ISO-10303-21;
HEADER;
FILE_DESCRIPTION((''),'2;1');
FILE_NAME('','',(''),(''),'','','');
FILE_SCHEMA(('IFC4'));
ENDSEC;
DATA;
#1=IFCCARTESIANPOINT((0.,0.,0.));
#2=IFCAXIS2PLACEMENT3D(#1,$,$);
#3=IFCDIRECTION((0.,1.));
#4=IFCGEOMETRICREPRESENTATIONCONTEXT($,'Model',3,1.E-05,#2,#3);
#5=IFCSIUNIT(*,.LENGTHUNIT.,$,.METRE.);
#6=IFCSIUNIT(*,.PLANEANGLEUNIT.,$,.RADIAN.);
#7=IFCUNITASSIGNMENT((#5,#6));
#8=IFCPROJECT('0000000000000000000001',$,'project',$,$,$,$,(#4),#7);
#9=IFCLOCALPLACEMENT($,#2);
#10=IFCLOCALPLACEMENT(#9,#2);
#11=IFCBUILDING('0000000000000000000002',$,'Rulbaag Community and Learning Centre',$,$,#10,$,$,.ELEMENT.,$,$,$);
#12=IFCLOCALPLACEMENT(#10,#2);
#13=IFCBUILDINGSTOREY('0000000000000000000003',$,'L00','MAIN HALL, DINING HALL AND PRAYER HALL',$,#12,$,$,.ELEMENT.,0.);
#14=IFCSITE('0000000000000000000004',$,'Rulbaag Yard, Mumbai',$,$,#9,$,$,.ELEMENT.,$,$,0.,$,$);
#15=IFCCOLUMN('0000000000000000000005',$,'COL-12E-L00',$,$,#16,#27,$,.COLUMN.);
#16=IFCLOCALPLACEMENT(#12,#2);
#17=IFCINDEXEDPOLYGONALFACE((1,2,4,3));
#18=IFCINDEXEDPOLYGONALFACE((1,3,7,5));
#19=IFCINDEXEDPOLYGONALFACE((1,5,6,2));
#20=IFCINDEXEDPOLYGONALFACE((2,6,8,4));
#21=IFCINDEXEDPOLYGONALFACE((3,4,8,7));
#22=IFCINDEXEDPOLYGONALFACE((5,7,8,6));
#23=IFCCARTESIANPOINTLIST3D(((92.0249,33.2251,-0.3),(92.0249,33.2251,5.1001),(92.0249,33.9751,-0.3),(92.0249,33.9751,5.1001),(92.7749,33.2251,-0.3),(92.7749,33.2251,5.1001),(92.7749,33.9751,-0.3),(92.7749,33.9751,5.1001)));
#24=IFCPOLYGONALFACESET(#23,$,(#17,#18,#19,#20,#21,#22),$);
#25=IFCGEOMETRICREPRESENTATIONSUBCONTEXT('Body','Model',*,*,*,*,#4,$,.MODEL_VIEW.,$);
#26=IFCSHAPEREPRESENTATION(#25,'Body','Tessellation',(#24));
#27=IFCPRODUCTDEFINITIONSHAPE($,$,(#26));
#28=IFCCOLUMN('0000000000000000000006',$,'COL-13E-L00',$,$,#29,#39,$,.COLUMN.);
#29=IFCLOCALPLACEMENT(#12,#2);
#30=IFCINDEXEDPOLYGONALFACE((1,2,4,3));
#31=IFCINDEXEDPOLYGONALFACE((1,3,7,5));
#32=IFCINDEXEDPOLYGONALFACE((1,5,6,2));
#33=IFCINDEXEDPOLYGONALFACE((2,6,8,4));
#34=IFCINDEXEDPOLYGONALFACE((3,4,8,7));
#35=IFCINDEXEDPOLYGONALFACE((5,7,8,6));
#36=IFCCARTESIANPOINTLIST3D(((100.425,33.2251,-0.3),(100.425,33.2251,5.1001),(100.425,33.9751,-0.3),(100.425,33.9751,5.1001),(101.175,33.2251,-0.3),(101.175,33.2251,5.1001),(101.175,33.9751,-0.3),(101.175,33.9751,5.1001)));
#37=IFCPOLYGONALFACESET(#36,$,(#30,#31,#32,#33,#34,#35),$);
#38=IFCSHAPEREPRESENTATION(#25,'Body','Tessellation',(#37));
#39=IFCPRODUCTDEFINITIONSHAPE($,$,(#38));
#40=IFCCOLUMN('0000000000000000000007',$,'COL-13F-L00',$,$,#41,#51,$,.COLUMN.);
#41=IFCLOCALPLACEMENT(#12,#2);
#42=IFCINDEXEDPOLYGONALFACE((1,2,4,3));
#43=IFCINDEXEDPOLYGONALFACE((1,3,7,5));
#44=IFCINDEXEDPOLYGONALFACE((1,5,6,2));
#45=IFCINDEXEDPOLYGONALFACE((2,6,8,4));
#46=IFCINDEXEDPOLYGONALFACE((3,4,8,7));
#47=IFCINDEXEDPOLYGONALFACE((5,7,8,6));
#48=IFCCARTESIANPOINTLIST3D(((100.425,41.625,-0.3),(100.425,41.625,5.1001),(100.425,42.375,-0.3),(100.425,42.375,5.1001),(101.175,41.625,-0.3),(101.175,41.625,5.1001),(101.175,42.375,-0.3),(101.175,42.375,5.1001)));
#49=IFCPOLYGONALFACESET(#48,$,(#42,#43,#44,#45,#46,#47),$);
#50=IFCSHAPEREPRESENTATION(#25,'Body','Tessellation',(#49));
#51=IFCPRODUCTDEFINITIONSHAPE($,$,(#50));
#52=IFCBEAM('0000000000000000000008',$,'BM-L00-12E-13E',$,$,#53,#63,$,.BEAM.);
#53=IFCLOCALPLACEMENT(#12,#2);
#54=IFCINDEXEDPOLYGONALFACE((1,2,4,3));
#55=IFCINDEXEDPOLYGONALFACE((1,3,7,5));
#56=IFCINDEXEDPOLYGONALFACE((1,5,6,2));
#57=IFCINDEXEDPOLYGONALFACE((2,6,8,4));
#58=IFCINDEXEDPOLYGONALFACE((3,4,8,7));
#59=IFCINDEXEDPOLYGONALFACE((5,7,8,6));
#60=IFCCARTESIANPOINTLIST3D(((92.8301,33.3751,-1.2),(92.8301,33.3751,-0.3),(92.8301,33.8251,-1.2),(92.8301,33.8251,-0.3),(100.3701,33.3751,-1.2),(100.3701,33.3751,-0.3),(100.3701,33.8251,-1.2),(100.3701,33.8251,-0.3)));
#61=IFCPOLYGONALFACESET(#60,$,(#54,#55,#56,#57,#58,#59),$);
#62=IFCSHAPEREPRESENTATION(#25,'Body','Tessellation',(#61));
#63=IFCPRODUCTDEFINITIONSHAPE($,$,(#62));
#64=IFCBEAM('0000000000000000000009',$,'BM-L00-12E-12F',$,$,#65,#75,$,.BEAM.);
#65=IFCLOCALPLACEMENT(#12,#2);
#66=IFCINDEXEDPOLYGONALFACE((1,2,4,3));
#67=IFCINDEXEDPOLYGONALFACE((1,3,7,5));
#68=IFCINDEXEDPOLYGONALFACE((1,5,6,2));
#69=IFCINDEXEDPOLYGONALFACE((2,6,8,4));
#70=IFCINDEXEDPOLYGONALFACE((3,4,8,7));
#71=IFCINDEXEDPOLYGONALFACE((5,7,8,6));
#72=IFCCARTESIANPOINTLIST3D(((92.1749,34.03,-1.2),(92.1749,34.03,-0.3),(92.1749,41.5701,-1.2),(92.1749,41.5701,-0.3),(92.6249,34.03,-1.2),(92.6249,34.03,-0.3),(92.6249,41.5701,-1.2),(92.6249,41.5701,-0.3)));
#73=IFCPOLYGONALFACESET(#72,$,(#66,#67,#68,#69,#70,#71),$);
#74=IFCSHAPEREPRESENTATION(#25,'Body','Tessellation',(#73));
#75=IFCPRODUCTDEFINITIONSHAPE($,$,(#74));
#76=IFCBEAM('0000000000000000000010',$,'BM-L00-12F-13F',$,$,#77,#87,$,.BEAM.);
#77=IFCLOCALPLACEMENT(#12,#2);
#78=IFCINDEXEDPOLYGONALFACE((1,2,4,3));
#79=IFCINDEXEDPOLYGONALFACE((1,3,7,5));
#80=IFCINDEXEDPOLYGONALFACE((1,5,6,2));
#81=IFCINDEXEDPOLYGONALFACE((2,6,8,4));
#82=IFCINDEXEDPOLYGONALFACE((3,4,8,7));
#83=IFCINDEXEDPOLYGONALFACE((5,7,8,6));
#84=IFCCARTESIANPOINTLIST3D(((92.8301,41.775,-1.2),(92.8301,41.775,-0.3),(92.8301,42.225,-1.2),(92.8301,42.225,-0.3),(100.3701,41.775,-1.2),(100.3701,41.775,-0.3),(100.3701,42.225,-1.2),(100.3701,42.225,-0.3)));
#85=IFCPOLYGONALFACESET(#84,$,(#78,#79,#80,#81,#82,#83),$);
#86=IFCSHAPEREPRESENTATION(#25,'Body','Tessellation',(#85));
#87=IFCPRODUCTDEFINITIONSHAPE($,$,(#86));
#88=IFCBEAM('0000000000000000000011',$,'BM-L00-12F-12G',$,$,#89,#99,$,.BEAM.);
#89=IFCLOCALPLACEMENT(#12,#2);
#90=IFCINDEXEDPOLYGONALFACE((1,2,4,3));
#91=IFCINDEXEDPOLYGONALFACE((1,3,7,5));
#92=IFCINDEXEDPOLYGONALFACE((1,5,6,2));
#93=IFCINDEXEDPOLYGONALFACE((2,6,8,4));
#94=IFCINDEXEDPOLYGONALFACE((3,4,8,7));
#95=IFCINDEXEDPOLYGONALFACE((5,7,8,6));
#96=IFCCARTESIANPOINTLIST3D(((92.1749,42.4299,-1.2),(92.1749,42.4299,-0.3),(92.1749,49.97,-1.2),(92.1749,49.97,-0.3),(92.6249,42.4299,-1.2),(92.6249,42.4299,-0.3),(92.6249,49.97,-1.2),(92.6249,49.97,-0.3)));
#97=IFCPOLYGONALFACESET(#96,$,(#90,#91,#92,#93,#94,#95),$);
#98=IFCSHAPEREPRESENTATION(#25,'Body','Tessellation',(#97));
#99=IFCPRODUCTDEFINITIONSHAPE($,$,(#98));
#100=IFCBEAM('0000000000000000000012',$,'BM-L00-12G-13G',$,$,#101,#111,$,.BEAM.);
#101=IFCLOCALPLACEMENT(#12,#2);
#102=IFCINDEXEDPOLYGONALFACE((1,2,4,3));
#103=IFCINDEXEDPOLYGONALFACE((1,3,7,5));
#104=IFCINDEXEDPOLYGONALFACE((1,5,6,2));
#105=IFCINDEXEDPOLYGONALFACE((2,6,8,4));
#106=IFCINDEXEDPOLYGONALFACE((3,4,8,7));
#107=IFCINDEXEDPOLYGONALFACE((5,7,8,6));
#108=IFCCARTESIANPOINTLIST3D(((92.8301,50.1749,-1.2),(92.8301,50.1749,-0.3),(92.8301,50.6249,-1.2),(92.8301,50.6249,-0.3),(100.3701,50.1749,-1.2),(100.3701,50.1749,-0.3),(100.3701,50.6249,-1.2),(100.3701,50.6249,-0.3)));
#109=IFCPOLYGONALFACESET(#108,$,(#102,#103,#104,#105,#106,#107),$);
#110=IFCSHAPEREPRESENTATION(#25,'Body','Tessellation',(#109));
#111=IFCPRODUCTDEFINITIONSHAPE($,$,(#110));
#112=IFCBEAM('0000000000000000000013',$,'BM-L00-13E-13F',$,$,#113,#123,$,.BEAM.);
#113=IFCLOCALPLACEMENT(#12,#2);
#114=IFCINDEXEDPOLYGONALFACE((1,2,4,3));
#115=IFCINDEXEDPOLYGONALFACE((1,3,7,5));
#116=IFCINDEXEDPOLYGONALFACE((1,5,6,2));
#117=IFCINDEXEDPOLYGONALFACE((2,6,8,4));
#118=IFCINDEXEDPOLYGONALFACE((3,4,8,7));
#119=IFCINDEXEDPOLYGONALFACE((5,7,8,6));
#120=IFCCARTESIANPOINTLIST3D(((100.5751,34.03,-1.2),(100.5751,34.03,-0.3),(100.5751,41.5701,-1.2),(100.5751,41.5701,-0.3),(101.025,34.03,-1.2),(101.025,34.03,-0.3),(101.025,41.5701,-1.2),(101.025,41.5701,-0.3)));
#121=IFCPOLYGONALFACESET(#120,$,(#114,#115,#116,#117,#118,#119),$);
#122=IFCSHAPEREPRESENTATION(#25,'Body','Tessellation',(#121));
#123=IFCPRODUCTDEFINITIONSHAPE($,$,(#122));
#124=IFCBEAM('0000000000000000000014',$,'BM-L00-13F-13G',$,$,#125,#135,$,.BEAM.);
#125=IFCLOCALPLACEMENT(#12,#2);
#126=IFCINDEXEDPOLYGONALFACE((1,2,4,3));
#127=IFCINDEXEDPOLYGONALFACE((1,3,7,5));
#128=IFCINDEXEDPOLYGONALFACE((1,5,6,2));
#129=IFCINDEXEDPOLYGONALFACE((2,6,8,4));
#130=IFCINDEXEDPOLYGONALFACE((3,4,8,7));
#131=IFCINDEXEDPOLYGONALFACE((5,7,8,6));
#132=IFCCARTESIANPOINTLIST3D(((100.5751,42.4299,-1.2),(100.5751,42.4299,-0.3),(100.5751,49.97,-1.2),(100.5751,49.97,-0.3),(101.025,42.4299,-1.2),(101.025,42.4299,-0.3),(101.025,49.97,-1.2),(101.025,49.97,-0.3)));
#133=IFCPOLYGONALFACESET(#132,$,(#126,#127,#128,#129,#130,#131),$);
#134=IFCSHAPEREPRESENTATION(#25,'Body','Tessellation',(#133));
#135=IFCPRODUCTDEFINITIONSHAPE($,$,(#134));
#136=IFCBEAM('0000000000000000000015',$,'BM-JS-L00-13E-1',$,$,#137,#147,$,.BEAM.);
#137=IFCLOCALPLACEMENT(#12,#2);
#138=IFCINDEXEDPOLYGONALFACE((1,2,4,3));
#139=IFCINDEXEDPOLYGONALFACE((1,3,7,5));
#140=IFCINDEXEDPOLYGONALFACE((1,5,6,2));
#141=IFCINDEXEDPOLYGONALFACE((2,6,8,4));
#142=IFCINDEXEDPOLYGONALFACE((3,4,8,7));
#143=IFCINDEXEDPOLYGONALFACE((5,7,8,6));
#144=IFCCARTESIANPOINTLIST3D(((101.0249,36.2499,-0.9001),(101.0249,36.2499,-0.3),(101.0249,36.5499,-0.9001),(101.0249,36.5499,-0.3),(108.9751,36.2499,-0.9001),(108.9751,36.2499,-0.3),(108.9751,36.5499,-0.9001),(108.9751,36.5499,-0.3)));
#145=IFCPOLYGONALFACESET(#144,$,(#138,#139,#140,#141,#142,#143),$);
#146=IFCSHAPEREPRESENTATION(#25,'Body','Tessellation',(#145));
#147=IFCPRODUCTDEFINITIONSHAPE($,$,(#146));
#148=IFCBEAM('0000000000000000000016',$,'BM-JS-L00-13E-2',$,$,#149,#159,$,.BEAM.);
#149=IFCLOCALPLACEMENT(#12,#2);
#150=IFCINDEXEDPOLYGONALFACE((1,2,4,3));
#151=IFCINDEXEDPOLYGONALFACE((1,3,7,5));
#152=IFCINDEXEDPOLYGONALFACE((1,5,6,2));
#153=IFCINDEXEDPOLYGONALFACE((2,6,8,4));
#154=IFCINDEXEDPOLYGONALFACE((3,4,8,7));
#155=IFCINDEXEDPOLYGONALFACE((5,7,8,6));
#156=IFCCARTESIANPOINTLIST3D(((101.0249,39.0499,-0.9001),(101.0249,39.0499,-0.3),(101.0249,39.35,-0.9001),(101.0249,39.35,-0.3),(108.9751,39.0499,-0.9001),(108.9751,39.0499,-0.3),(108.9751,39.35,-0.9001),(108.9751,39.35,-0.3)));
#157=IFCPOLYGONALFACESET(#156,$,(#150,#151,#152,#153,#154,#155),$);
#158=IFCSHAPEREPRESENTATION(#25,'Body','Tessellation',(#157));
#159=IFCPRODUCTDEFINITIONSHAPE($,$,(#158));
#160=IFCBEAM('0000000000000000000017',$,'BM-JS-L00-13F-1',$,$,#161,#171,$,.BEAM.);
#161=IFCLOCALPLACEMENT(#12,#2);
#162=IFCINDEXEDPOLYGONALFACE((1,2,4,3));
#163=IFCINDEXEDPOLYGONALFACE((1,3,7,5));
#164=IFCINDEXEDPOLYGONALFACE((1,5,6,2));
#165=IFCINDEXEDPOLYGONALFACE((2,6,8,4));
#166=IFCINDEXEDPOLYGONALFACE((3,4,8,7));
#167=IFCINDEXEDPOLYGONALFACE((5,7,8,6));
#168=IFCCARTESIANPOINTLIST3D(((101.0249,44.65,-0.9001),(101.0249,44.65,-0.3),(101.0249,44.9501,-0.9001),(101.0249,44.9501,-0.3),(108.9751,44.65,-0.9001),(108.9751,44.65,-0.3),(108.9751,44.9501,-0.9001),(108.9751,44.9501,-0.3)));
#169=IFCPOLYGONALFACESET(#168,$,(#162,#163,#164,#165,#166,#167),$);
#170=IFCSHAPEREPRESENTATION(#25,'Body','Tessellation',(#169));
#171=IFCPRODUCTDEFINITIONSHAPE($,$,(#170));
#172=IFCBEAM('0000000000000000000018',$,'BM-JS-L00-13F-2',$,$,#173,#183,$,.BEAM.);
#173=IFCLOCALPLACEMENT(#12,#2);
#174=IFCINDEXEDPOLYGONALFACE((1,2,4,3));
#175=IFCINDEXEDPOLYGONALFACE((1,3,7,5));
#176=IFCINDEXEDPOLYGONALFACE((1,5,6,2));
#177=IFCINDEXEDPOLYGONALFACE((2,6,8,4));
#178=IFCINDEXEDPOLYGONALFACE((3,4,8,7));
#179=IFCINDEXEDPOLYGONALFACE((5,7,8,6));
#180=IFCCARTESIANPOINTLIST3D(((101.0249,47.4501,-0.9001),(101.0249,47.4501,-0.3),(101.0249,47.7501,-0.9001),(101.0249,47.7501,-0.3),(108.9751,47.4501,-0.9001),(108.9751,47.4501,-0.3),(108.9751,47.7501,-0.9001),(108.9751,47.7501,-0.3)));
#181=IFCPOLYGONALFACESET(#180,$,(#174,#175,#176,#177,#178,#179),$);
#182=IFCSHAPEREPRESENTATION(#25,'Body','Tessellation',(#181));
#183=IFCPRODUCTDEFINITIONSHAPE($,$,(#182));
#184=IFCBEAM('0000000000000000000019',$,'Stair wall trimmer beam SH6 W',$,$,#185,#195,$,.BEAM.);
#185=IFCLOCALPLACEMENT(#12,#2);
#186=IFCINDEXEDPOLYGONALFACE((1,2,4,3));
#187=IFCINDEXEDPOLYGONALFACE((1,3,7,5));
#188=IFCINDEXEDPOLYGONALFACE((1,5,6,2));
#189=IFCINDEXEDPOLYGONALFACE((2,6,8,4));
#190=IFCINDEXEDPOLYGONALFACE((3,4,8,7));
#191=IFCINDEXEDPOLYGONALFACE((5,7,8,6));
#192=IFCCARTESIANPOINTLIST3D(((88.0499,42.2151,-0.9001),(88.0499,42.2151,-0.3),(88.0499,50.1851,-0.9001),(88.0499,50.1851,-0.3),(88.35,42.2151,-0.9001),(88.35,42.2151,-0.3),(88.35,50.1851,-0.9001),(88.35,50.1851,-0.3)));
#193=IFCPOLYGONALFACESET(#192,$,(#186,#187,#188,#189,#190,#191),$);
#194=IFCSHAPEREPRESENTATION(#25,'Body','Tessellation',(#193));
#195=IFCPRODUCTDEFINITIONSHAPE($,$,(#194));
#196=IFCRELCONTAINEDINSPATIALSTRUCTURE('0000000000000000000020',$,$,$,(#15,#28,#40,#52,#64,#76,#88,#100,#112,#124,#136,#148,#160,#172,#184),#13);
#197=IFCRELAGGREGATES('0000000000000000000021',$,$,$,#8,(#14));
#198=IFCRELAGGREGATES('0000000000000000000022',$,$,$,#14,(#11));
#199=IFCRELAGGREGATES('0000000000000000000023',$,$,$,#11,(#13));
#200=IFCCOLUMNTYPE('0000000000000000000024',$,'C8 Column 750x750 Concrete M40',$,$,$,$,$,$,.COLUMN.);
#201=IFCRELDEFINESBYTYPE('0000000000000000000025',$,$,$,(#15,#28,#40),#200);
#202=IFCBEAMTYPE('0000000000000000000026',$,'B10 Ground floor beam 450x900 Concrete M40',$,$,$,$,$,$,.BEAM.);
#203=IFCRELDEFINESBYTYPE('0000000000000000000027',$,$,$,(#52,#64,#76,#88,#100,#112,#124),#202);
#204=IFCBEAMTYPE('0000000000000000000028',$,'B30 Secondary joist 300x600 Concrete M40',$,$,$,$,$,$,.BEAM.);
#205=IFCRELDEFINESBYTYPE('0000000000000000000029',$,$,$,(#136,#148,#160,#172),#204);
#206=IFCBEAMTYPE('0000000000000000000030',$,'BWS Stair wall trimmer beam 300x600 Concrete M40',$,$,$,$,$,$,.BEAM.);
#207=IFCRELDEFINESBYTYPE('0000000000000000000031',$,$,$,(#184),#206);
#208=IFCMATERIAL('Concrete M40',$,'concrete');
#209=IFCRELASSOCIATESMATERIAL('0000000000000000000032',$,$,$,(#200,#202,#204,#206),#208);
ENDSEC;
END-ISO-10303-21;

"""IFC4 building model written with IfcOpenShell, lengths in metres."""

from ifc_helpers import new_model, si_unit, direction, frame, origin, origin_2d, place, context, subcontext, project, spatial, rectangle, extrude, material, material_profile, profile_set, type_object, element, save


model = new_model("IFC4")

# Units and contexts
model_context = context("Model", 3, precision=1e-05, world=origin(), true_north=direction((0.0, 1.0)))
body_context = subcontext(model_context, "Body", "Model", "MODEL_VIEW")
ifc_project = project(units=[si_unit("LENGTHUNIT", "METRE"), si_unit("PLANEANGLEUNIT", "RADIAN")], contexts=[model_context])

# Site, building, storey
site_placement = place(None, origin())
site = spatial("IfcSite", under=ifc_project, at=site_placement, Name="Rulbaag Yard, Mumbai", CompositionType="ELEMENT", RefElevation=0.0)
building_placement = place(site_placement, origin())
building = spatial("IfcBuilding", under=site, at=building_placement, Name="Rulbaag Community and Learning Centre", CompositionType="ELEMENT")
storey_placement = place(building_placement, origin())
storey = spatial("IfcBuildingStorey", under=building, at=storey_placement, Name="L00", Description="MAIN HALL, DINING HALL AND PRAYER HALL", CompositionType="ELEMENT", Elevation=0.0)

# Columns
ifc_material_1 = material(Name="Concrete M40", Category="concrete")
ifc_material_profile_1 = material_profile(ifc_material_1, rectangle(XDim=0.75, YDim=0.75, at=origin_2d()), Name="RC750x750")
ifc_profile_set_1 = profile_set([ifc_material_profile_1], Name="Concrete M40")
column_type = type_object("IfcColumnType", Name="C8 Column 750x750 Concrete M40", PredefinedType="COLUMN", material=ifc_profile_set_1)
for number, where, z_axis, x_axis, name in (
    (1, (92.3999, 33.6001, -0.3), (0.0, 0.0, 1.0), (1.0, 0.0, 0.0), "COL-12E-L00"),
    (2, (100.8, 33.6001, -0.3), (0.0, 0.0, 1.0), (1.0, 0.0, 0.0), "COL-13E-L00"),
    (3, (100.8, 42.0, -0.3), (0.0, 0.0, 1.0), (1.0, 0.0, 0.0), "COL-13F-L00"),
):
    element("IfcColumn", number, at=place(storey_placement, frame(where, z_axis=z_axis, x_axis=x_axis)), inside=storey, type_object=column_type, Name=name, PredefinedType="COLUMN", context=body_context, shape_type="SweptSolid", body=[
        extrude(rectangle(XDim=0.75, YDim=0.75, at=origin_2d()), origin(), (0.0, 0.0, 1.0), 5.4001),
    ])

# Beams
ifc_material_profile_2 = material_profile(ifc_material_1, rectangle(XDim=0.45, YDim=0.8999, at=origin_2d()), Name="RB450x900")
ifc_profile_set_2 = profile_set([ifc_material_profile_2], Name="Concrete M40")
beam_type_1 = type_object("IfcBeamType", Name="B10 Ground floor beam 450x900 Concrete M40", PredefinedType="BEAM", material=ifc_profile_set_2)
for number, where, z_axis, x_axis, name in (
    (4, (92.8301, 33.6001, -0.75), (1.0, 0.0, 0.0), (0.0, 1.0, 0.0), "BM-L00-12E-13E"),
    (5, (92.3999, 34.03, -0.75), (0.0, 1.0, 0.0), (-1.0, 0.0, 0.0), "BM-L00-12E-12F"),
    (6, (92.8301, 42.0, -0.75), (1.0, 0.0, 0.0), (0.0, 1.0, 0.0), "BM-L00-12F-13F"),
    (7, (92.3999, 42.4299, -0.75), (0.0, 1.0, 0.0), (-1.0, 0.0, 0.0), "BM-L00-12F-12G"),
    (8, (92.8301, 50.3999, -0.75), (1.0, 0.0, 0.0), (0.0, 1.0, 0.0), "BM-L00-12G-13G"),
    (9, (100.8, 34.03, -0.75), (0.0, 1.0, 0.0), (-1.0, 0.0, 0.0), "BM-L00-13E-13F"),
    (10, (100.8, 42.4299, -0.75), (0.0, 1.0, 0.0), (-1.0, 0.0, 0.0), "BM-L00-13F-13G"),
):
    element("IfcBeam", number, at=place(storey_placement, frame(where, z_axis=z_axis, x_axis=x_axis)), inside=storey, type_object=beam_type_1, Name=name, PredefinedType="BEAM", context=body_context, shape_type="SweptSolid", body=[
        extrude(rectangle(XDim=0.45, YDim=0.8999, at=origin_2d()), origin(), (0.0, 0.0, 1.0), 7.54),
    ])
ifc_material_profile_3 = material_profile(ifc_material_1, rectangle(XDim=0.3, YDim=0.6001, at=origin_2d()), Name="RB300x600")
ifc_profile_set_3 = profile_set([ifc_material_profile_3], Name="Concrete M40")
beam_type_2 = type_object("IfcBeamType", Name="B30 Secondary joist 300x600 Concrete M40", PredefinedType="BEAM", material=ifc_profile_set_3)
for number, where, z_axis, x_axis, name in (
    (11, (101.0249, 36.3999, -0.6001), (1.0, 0.0, 0.0), (0.0, 1.0, 0.0), "BM-JS-L00-13E-1"),
    (12, (101.0249, 39.2, -0.6001), (1.0, 0.0, 0.0), (0.0, 1.0, 0.0), "BM-JS-L00-13E-2"),
    (13, (101.0249, 44.8, -0.6001), (1.0, 0.0, 0.0), (0.0, 1.0, 0.0), "BM-JS-L00-13F-1"),
    (14, (101.0249, 47.6001, -0.6001), (1.0, 0.0, 0.0), (0.0, 1.0, 0.0), "BM-JS-L00-13F-2"),
):
    element("IfcBeam", number, at=place(storey_placement, frame(where, z_axis=z_axis, x_axis=x_axis)), inside=storey, type_object=beam_type_2, Name=name, PredefinedType="BEAM", context=body_context, shape_type="SweptSolid", body=[
        extrude(rectangle(XDim=0.3, YDim=0.6001, at=origin_2d()), origin(), (0.0, 0.0, 1.0), 7.9502),
    ])
ifc_material_profile_4 = material_profile(ifc_material_1, rectangle(XDim=0.3, YDim=0.6001, at=origin_2d()), Name="RB300x600")
ifc_profile_set_4 = profile_set([ifc_material_profile_4], Name="Concrete M40")
beam_type_3 = type_object("IfcBeamType", Name="BWS Stair wall trimmer beam 300x600 Concrete M40", PredefinedType="BEAM", material=ifc_profile_set_4)
beam_placement = place(storey_placement, frame((88.2, 42.2151, -0.6001), z_axis=(0.0, 1.0, 0.0), x_axis=(-1.0, 0.0, 0.0)))
element("IfcBeam", 15, at=beam_placement, inside=storey, type_object=beam_type_3, Name="Stair wall trimmer beam SH6 W", PredefinedType="BEAM", context=body_context, shape_type="SweptSolid", body=[
    extrude(rectangle(XDim=0.3, YDim=0.6001, at=origin_2d()), origin(), (0.0, 0.0, 1.0), 7.97),
])

save(model, "model.ifc")
